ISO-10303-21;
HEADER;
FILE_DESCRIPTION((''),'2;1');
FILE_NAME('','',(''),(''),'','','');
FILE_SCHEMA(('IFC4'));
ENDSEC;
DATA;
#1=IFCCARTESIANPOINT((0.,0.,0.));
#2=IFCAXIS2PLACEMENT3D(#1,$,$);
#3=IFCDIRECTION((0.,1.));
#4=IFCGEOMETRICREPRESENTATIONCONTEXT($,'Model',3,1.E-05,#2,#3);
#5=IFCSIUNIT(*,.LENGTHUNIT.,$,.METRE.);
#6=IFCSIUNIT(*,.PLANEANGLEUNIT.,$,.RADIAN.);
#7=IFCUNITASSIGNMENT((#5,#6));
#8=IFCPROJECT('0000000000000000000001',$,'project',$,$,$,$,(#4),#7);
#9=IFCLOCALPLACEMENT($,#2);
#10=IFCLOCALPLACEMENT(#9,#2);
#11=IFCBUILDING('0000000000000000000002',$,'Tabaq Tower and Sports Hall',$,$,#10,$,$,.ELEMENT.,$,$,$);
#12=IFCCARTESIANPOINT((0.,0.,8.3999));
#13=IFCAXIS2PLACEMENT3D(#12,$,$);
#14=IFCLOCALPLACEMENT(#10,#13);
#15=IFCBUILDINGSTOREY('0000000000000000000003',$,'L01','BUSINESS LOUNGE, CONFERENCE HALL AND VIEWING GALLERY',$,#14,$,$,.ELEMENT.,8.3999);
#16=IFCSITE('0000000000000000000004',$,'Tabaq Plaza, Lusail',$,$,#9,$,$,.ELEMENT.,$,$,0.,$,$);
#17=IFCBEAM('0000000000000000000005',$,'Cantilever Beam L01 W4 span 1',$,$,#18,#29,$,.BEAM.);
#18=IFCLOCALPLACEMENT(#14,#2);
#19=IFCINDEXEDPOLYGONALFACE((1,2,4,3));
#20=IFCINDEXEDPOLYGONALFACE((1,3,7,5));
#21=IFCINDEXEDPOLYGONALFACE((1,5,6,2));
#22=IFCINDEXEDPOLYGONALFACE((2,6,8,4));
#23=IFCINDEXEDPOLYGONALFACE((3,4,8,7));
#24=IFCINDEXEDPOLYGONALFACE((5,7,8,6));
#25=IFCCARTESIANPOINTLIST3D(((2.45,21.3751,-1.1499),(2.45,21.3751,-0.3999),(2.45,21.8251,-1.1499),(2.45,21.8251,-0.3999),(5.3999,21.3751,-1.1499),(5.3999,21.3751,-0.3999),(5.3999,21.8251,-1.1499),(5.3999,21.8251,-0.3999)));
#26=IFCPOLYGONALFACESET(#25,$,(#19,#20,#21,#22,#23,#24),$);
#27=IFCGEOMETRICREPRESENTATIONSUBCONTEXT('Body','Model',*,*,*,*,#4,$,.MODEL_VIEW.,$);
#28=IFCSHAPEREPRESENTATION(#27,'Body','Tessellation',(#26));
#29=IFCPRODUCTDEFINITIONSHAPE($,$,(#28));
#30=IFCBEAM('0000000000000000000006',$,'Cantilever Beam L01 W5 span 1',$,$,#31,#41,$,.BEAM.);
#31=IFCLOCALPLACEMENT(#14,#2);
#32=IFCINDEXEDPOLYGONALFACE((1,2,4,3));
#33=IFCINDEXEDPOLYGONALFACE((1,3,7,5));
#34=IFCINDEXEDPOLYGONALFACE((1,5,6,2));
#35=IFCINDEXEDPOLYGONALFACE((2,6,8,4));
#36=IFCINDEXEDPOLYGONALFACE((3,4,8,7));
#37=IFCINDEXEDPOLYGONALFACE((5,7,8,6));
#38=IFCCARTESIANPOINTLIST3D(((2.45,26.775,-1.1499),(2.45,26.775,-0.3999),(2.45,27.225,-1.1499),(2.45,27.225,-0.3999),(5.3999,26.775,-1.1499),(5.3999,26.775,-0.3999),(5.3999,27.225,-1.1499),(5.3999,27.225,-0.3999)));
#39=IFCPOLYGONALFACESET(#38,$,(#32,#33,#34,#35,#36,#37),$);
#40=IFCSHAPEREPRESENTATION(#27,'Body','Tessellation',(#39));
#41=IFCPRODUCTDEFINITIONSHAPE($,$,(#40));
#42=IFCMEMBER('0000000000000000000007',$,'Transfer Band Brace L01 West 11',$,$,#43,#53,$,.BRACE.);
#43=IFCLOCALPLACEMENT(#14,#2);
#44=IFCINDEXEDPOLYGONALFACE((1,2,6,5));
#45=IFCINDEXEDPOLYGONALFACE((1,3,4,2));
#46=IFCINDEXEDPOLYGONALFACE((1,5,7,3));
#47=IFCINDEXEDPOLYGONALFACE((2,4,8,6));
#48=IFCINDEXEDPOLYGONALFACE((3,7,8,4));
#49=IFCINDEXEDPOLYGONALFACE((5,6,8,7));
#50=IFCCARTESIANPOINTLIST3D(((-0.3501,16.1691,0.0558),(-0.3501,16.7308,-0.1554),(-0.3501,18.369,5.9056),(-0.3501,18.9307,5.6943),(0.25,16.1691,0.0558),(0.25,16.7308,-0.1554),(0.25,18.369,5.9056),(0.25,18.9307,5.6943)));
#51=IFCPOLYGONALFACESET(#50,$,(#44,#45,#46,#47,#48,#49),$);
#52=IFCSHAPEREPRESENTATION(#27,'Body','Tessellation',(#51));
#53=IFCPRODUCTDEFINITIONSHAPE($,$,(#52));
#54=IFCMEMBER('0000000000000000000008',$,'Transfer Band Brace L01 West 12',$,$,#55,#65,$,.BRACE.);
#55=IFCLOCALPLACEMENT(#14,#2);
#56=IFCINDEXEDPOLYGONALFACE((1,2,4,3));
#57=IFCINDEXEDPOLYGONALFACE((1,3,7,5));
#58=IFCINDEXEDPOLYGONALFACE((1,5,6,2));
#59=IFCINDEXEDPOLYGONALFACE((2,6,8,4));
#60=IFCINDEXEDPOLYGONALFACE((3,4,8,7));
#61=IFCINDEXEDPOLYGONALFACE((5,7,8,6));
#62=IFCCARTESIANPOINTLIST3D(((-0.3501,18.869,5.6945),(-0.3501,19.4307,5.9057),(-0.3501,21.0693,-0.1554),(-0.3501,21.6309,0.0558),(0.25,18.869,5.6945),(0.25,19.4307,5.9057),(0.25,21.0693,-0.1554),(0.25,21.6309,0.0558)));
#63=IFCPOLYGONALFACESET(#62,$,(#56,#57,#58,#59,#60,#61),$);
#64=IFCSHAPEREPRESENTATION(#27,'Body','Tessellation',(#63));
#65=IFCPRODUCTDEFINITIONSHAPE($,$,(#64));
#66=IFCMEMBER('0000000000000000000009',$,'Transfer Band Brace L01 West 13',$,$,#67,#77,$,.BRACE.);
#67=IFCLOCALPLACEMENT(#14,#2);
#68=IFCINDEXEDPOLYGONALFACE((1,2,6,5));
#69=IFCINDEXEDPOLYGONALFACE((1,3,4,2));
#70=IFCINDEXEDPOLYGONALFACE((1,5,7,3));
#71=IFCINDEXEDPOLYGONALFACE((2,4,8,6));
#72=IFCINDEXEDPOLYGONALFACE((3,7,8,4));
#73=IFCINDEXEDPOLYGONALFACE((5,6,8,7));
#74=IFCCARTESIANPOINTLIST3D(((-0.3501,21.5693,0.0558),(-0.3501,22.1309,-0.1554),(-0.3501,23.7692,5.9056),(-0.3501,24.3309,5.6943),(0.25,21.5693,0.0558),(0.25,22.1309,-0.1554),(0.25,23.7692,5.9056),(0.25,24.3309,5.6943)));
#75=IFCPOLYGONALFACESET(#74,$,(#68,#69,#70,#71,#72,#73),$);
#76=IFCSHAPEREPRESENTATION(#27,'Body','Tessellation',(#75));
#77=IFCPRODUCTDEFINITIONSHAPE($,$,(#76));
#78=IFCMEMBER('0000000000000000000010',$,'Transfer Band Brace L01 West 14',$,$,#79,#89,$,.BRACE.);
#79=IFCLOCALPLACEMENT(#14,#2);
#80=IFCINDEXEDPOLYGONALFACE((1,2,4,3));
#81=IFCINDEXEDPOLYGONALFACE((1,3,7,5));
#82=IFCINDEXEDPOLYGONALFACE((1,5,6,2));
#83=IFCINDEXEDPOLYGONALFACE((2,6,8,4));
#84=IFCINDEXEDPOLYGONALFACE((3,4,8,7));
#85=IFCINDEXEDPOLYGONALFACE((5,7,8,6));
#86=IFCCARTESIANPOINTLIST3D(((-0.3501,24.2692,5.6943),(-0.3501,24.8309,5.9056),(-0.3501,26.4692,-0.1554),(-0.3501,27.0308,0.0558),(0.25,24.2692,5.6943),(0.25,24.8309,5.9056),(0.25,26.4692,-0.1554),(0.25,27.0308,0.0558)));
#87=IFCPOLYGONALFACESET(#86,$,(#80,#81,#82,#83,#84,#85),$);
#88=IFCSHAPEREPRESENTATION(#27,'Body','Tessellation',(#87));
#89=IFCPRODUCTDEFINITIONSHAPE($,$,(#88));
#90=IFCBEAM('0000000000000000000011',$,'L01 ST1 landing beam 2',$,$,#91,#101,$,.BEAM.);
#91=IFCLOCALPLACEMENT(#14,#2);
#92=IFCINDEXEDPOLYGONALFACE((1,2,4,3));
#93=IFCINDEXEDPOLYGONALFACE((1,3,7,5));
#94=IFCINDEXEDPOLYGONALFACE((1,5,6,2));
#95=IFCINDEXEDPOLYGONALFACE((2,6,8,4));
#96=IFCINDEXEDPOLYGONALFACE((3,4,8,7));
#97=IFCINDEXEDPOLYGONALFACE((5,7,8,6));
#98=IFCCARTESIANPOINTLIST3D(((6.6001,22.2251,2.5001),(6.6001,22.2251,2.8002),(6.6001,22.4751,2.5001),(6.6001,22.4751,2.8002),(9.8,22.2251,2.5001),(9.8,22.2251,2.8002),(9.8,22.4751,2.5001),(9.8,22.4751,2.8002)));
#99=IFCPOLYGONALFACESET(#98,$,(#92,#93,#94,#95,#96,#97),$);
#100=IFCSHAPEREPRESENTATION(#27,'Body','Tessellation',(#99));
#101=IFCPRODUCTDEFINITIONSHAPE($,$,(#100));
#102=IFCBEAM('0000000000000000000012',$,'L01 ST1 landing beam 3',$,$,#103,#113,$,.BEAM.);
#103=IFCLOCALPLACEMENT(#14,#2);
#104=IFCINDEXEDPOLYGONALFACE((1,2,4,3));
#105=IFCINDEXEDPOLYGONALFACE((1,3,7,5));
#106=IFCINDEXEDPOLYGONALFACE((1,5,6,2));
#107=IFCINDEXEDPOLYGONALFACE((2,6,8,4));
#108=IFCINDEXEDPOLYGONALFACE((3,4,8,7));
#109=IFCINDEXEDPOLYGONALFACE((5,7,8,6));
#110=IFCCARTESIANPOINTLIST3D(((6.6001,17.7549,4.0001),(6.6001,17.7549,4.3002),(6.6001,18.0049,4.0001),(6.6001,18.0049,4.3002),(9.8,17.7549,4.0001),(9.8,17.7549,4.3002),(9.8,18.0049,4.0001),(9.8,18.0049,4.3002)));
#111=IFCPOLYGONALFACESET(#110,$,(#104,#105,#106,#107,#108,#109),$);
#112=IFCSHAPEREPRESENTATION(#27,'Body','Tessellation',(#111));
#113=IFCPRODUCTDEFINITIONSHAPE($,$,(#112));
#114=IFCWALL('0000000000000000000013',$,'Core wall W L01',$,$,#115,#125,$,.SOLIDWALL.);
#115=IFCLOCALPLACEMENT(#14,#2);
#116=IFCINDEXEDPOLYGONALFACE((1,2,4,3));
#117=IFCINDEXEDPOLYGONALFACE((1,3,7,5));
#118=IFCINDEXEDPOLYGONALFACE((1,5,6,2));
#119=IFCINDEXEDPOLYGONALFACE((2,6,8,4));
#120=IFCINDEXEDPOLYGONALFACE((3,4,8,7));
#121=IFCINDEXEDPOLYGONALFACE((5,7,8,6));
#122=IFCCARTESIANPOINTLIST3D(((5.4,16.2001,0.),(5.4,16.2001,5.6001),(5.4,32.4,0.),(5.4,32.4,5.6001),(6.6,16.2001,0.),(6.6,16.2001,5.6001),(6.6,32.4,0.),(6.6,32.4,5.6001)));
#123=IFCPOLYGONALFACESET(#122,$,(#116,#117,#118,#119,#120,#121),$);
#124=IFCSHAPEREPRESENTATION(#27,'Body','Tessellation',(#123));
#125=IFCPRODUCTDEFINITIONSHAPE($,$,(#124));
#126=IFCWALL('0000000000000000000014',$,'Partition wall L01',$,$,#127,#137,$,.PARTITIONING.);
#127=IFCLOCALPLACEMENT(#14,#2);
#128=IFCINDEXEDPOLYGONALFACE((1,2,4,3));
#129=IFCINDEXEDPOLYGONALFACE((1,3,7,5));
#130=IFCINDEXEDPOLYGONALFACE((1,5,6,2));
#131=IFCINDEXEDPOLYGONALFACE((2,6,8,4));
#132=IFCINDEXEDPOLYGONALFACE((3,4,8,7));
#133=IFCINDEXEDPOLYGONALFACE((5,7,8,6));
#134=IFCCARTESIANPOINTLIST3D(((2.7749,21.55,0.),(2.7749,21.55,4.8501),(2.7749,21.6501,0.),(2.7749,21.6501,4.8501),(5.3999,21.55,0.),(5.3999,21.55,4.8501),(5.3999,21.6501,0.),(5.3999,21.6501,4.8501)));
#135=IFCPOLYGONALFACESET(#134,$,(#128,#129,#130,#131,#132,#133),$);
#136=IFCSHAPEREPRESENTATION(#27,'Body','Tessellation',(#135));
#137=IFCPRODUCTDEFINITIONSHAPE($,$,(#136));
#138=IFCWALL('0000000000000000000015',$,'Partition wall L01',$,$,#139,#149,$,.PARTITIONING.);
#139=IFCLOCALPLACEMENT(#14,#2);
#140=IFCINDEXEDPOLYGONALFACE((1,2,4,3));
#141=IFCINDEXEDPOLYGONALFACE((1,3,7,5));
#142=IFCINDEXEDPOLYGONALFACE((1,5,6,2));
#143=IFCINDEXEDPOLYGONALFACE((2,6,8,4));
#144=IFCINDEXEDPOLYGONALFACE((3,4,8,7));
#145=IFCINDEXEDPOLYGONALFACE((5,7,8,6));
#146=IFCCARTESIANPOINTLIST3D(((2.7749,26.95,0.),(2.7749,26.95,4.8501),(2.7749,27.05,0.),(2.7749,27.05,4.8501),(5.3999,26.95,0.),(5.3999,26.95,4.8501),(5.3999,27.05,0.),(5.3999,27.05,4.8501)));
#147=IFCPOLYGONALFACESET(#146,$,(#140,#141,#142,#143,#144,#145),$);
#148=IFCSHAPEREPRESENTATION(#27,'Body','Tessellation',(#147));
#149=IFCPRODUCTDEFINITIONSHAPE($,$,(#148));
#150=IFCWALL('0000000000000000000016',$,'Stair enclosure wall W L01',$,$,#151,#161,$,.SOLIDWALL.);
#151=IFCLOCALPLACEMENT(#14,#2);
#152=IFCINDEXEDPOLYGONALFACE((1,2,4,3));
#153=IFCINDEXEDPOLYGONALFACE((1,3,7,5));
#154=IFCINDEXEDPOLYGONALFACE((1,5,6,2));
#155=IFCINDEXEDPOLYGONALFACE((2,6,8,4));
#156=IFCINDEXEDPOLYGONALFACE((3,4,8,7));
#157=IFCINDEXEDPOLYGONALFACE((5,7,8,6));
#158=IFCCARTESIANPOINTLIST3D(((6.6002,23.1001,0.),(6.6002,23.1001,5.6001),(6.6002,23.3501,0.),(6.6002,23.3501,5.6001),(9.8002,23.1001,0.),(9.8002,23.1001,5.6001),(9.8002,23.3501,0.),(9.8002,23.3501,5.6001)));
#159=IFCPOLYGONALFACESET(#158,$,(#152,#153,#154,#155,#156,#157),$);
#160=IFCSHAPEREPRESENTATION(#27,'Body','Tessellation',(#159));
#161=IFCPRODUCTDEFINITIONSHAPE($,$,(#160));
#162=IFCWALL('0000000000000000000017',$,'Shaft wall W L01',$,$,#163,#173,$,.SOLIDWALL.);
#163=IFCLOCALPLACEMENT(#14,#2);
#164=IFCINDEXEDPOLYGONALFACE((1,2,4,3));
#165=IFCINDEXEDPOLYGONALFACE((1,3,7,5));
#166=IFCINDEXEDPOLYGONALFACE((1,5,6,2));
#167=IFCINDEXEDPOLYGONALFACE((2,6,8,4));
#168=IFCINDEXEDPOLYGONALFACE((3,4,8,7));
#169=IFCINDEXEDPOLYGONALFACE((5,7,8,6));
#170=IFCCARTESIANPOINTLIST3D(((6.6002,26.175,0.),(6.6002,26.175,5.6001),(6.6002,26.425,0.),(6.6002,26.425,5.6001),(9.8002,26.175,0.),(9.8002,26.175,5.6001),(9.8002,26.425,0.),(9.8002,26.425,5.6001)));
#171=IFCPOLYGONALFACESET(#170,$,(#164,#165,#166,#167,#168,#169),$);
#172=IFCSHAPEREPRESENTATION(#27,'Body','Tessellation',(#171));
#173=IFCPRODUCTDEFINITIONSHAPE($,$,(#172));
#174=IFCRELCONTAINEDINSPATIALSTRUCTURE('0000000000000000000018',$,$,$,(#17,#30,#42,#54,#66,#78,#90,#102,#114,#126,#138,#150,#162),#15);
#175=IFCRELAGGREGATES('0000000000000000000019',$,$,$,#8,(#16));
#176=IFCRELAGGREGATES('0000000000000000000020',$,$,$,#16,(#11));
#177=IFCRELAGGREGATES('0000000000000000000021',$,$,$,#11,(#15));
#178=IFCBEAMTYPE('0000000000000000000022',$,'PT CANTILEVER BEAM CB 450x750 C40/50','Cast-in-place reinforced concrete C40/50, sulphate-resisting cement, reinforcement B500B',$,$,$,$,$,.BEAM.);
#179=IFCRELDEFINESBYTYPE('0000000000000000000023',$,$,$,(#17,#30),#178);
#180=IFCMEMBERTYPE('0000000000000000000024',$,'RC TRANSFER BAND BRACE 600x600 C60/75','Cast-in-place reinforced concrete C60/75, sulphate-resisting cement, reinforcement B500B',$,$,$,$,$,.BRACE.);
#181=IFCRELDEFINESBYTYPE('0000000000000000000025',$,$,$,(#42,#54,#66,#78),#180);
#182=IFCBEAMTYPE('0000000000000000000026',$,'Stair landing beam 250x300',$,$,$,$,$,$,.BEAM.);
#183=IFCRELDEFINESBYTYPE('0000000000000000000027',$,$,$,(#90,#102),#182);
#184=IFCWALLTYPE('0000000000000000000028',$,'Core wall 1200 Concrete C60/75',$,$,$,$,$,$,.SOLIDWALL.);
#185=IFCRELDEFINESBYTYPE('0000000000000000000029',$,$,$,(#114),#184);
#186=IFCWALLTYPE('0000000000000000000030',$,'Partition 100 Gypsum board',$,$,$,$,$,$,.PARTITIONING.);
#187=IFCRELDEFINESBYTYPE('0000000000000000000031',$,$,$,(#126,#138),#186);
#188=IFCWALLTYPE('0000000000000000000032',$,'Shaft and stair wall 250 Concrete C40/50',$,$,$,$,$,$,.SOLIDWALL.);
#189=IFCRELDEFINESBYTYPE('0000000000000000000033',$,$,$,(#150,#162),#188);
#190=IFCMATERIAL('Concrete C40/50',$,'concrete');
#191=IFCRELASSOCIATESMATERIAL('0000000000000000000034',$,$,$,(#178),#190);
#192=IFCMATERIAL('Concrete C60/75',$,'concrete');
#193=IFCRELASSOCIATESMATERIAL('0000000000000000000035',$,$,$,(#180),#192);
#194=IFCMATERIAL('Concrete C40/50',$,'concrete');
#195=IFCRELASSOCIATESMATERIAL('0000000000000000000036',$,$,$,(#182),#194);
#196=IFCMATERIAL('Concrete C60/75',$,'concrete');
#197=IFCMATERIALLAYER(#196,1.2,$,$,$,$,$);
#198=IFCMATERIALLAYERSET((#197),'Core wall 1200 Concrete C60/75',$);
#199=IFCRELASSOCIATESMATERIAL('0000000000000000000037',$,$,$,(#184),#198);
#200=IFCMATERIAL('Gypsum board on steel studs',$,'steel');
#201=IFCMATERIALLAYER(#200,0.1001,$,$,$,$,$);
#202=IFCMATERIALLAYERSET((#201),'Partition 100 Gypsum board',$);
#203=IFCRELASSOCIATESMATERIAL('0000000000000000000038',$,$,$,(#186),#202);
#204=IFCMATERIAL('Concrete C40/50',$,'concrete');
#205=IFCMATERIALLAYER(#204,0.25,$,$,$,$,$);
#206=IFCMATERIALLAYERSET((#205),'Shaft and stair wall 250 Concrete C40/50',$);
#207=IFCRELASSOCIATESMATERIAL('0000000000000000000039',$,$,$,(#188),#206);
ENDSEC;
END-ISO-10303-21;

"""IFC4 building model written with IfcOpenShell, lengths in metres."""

from ifc_helpers import new_model, si_unit, direction, frame, frame_2d, origin, origin_2d, place, context, subcontext, project, spatial, rectangle, extrude, material, layer, layer_set, material_profile, profile_set, type_object, element, save


model = new_model("IFC4")

# Units and contexts
model_context = context("Model", 3, precision=1e-05, world=origin(), true_north=direction((0.0, 1.0)))
body_context = subcontext(model_context, "Body", "Model", "MODEL_VIEW")
ifc_project = project(units=[si_unit("LENGTHUNIT", "METRE"), si_unit("PLANEANGLEUNIT", "RADIAN")], contexts=[model_context])

# Site, building, storey
site_placement = place(None, origin())
site = spatial("IfcSite", under=ifc_project, at=site_placement, Name="Tabaq Plaza, Lusail", CompositionType="ELEMENT", RefElevation=0.0)
building_placement = place(site_placement, origin())
building = spatial("IfcBuilding", under=site, at=building_placement, Name="Tabaq Tower and Sports Hall", CompositionType="ELEMENT")
storey_placement = place(building_placement, frame((0.0, 0.0, 8.3999)))
storey = spatial("IfcBuildingStorey", under=building, at=storey_placement, Name="L01", Description="BUSINESS LOUNGE, CONFERENCE HALL AND VIEWING GALLERY", CompositionType="ELEMENT", Elevation=8.3999)

# Beams
ifc_material_1 = material(Name="Concrete C40/50", Category="concrete")
ifc_material_profile_1 = material_profile(ifc_material_1, rectangle(XDim=0.45, YDim=0.75, at=origin_2d()), Name="CB 450x750")
ifc_profile_set_1 = profile_set([ifc_material_profile_1], Name="Concrete C40/50")
beam_type_1 = type_object("IfcBeamType", Name="PT CANTILEVER BEAM CB 450x750 C40/50", Description="Cast-in-place reinforced concrete C40/50, sulphate-resisting cement, reinforcement B500B", PredefinedType="BEAM", material=ifc_profile_set_1)
for number, where, z_axis, x_axis, name in (
    (1, (2.45, 21.6001, -0.7749), (1.0, 0.0, 0.0), (0.0, 1.0, 0.0), "Cantilever Beam L01 W4 span 1"),
    (2, (2.45, 27.0, -0.7749), (1.0, 0.0, 0.0), (0.0, 1.0, 0.0), "Cantilever Beam L01 W5 span 1"),
):
    element("IfcBeam", number, at=place(storey_placement, frame(where, z_axis=z_axis, x_axis=x_axis)), inside=storey, type_object=beam_type_1, Name=name, PredefinedType="BEAM", context=body_context, shape_type="SweptSolid", body=[
        extrude(rectangle(XDim=0.45, YDim=0.75, at=origin_2d()), origin(), (0.0, 0.0, 1.0), 2.95),
    ])

# Members
ifc_material_2 = material(Name="Concrete C60/75", Category="concrete")
ifc_material_profile_2 = material_profile(ifc_material_2, rectangle(XDim=0.6001, YDim=0.6001, at=origin_2d()), Name="TRANSFER BAND BRACE 600x600")
ifc_profile_set_2 = profile_set([ifc_material_profile_2], Name="Concrete C60/75")
member_type = type_object("IfcMemberType", Name="RC TRANSFER BAND BRACE 600x600 C60/75", Description="Cast-in-place reinforced concrete C60/75, sulphate-resisting cement, reinforcement B500B", PredefinedType="BRACE", material=ifc_profile_set_2)
member_1_placement = place(storey_placement, frame((-0.05, 16.45, -0.0498), z_axis=(0.0, 0.352001, 0.936), x_axis=(-1.0, 0.0, 0.0)))
element("IfcMember", 3, at=member_1_placement, inside=storey, type_object=member_type, Name="Transfer Band Brace L01 West 11", PredefinedType="BRACE", context=body_context, shape_type="SweptSolid", body=[
    extrude(rectangle(XDim=0.6001, YDim=0.6001, at=origin_2d()), origin(), (0.0, 0.0, 1.0), 6.2498),
])
member_2_placement = place(storey_placement, frame((-0.05, 21.3501, -0.0498), z_axis=(0.0, -0.352035, 0.935987), x_axis=(1.0, 0.0, 0.0)))
element("IfcMember", 4, at=member_2_placement, inside=storey, type_object=member_type, Name="Transfer Band Brace L01 West 12", PredefinedType="BRACE", context=body_context, shape_type="SweptSolid", body=[
    extrude(rectangle(XDim=0.6001, YDim=0.6001, at=origin_2d()), origin(), (0.0, 0.0, 1.0), 6.25),
])
for number, where, z_axis, x_axis, name in (
    (5, (-0.05, 21.8501, -0.0498), (0.0, 0.352001, 0.936), (-1.0, 0.0, 0.0), "Transfer Band Brace L01 West 13"),
    (6, (-0.05, 26.75, -0.0498), (0.0, -0.352001, 0.936), (1.0, 0.0, 0.0), "Transfer Band Brace L01 West 14"),
):
    element("IfcMember", number, at=place(storey_placement, frame(where, z_axis=z_axis, x_axis=x_axis)), inside=storey, type_object=member_type, Name=name, PredefinedType="BRACE", context=body_context, shape_type="SweptSolid", body=[
        extrude(rectangle(XDim=0.6001, YDim=0.6001, at=origin_2d()), origin(), (0.0, 0.0, 1.0), 6.2498),
    ])

# Beams
ifc_material_3 = material(Name="Concrete C40/50", Category="concrete")
ifc_material_profile_3 = material_profile(ifc_material_3, rectangle(XDim=0.25, YDim=0.3, at=origin_2d()), Name="RC 250x300")
ifc_profile_set_3 = profile_set([ifc_material_profile_3], Name="Concrete C40/50")
beam_type_2 = type_object("IfcBeamType", Name="Stair landing beam 250x300", PredefinedType="BEAM", material=ifc_profile_set_3)
for number, where, z_axis, x_axis, name in (
    (7, (6.6001, 22.3501, 2.6501), (1.0, 0.0, 0.0), (0.0, 1.0, 0.0), "L01 ST1 landing beam 2"),
    (8, (6.6001, 17.8799, 4.1501), (1.0, 0.0, 0.0), (0.0, 1.0, 0.0), "L01 ST1 landing beam 3"),
):
    element("IfcBeam", number, at=place(storey_placement, frame(where, z_axis=z_axis, x_axis=x_axis)), inside=storey, type_object=beam_type_2, Name=name, PredefinedType="BEAM", context=body_context, shape_type="SweptSolid", body=[
        extrude(rectangle(XDim=0.25, YDim=0.3, at=origin_2d()), origin(), (0.0, 0.0, 1.0), 3.2),
    ])

# Walls
ifc_material_4 = material(Name="Concrete C60/75", Category="concrete")
ifc_layer_1 = layer(ifc_material_4, 1.2)
ifc_layer_set_1 = layer_set([ifc_layer_1], Name="Core wall 1200 Concrete C60/75")
wall_type_1 = type_object("IfcWallType", Name="Core wall 1200 Concrete C60/75", PredefinedType="SOLIDWALL", material=ifc_layer_set_1)
wall_1_placement = place(storey_placement, frame((6.0, 16.2, 0.0), z_axis=(0.0, 0.0, 1.0), x_axis=(0.0, 1.0, 0.0)))
element("IfcWall", 9, at=wall_1_placement, inside=storey, type_object=wall_type_1, Name="Core wall W L01", PredefinedType="SOLIDWALL", context=body_context, shape_type="SweptSolid", body=[
    extrude(rectangle(XDim=16.2, YDim=1.2, at=frame_2d((8.1001, 0.0))), origin(), (0.0, 0.0, 1.0), 5.6001),
])
ifc_material_5 = material(Name="Gypsum board on steel studs", Category="steel")
ifc_layer_2 = layer(ifc_material_5, 0.1001)
ifc_layer_set_2 = layer_set([ifc_layer_2], Name="Partition 100 Gypsum board")
wall_type_2 = type_object("IfcWallType", Name="Partition 100 Gypsum board", PredefinedType="PARTITIONING", material=ifc_layer_set_2)
for number, where, z_axis, x_axis, name in (
    (10, (5.3999, 21.6001, 0.0), (0.0, 0.0, 1.0), (-1.0, 0.0, 0.0), "Partition wall L01"),
    (11, (5.3999, 27.0, 0.0), (0.0, 0.0, 1.0), (-1.0, 0.0, 0.0), "Partition wall L01"),
):
    element("IfcWall", number, at=place(storey_placement, frame(where, z_axis=z_axis, x_axis=x_axis)), inside=storey, type_object=wall_type_2, Name=name, PredefinedType="PARTITIONING", context=body_context, shape_type="SweptSolid", body=[
        extrude(rectangle(XDim=2.625, YDim=0.1001, at=frame_2d((1.3125, 0.0))), origin(), (0.0, 0.0, 1.0), 4.8501),
    ])
ifc_material_6 = material(Name="Concrete C40/50", Category="concrete")
ifc_layer_3 = layer(ifc_material_6, 0.25)
ifc_layer_set_3 = layer_set([ifc_layer_3], Name="Shaft and stair wall 250 Concrete C40/50")
wall_type_3 = type_object("IfcWallType", Name="Shaft and stair wall 250 Concrete C40/50", PredefinedType="SOLIDWALL", material=ifc_layer_set_3)
for number, where, z_axis, x_axis, name in (
    (12, (6.6001, 23.2251, 0.0), (0.0, 0.0, 1.0), (1.0, 0.0, 0.0), "Stair enclosure wall W L01"),
    (13, (6.6001, 26.3, 0.0), (0.0, 0.0, 1.0), (1.0, 0.0, 0.0), "Shaft wall W L01"),
):
    element("IfcWall", number, at=place(storey_placement, frame(where, z_axis=z_axis, x_axis=x_axis)), inside=storey, type_object=wall_type_3, Name=name, PredefinedType="SOLIDWALL", context=body_context, shape_type="SweptSolid", body=[
        extrude(rectangle(XDim=3.2, YDim=0.25, at=frame_2d((1.6001, 0.0))), origin(), (0.0, 0.0, 1.0), 5.6001),
    ])

save(model, "model.ifc")
